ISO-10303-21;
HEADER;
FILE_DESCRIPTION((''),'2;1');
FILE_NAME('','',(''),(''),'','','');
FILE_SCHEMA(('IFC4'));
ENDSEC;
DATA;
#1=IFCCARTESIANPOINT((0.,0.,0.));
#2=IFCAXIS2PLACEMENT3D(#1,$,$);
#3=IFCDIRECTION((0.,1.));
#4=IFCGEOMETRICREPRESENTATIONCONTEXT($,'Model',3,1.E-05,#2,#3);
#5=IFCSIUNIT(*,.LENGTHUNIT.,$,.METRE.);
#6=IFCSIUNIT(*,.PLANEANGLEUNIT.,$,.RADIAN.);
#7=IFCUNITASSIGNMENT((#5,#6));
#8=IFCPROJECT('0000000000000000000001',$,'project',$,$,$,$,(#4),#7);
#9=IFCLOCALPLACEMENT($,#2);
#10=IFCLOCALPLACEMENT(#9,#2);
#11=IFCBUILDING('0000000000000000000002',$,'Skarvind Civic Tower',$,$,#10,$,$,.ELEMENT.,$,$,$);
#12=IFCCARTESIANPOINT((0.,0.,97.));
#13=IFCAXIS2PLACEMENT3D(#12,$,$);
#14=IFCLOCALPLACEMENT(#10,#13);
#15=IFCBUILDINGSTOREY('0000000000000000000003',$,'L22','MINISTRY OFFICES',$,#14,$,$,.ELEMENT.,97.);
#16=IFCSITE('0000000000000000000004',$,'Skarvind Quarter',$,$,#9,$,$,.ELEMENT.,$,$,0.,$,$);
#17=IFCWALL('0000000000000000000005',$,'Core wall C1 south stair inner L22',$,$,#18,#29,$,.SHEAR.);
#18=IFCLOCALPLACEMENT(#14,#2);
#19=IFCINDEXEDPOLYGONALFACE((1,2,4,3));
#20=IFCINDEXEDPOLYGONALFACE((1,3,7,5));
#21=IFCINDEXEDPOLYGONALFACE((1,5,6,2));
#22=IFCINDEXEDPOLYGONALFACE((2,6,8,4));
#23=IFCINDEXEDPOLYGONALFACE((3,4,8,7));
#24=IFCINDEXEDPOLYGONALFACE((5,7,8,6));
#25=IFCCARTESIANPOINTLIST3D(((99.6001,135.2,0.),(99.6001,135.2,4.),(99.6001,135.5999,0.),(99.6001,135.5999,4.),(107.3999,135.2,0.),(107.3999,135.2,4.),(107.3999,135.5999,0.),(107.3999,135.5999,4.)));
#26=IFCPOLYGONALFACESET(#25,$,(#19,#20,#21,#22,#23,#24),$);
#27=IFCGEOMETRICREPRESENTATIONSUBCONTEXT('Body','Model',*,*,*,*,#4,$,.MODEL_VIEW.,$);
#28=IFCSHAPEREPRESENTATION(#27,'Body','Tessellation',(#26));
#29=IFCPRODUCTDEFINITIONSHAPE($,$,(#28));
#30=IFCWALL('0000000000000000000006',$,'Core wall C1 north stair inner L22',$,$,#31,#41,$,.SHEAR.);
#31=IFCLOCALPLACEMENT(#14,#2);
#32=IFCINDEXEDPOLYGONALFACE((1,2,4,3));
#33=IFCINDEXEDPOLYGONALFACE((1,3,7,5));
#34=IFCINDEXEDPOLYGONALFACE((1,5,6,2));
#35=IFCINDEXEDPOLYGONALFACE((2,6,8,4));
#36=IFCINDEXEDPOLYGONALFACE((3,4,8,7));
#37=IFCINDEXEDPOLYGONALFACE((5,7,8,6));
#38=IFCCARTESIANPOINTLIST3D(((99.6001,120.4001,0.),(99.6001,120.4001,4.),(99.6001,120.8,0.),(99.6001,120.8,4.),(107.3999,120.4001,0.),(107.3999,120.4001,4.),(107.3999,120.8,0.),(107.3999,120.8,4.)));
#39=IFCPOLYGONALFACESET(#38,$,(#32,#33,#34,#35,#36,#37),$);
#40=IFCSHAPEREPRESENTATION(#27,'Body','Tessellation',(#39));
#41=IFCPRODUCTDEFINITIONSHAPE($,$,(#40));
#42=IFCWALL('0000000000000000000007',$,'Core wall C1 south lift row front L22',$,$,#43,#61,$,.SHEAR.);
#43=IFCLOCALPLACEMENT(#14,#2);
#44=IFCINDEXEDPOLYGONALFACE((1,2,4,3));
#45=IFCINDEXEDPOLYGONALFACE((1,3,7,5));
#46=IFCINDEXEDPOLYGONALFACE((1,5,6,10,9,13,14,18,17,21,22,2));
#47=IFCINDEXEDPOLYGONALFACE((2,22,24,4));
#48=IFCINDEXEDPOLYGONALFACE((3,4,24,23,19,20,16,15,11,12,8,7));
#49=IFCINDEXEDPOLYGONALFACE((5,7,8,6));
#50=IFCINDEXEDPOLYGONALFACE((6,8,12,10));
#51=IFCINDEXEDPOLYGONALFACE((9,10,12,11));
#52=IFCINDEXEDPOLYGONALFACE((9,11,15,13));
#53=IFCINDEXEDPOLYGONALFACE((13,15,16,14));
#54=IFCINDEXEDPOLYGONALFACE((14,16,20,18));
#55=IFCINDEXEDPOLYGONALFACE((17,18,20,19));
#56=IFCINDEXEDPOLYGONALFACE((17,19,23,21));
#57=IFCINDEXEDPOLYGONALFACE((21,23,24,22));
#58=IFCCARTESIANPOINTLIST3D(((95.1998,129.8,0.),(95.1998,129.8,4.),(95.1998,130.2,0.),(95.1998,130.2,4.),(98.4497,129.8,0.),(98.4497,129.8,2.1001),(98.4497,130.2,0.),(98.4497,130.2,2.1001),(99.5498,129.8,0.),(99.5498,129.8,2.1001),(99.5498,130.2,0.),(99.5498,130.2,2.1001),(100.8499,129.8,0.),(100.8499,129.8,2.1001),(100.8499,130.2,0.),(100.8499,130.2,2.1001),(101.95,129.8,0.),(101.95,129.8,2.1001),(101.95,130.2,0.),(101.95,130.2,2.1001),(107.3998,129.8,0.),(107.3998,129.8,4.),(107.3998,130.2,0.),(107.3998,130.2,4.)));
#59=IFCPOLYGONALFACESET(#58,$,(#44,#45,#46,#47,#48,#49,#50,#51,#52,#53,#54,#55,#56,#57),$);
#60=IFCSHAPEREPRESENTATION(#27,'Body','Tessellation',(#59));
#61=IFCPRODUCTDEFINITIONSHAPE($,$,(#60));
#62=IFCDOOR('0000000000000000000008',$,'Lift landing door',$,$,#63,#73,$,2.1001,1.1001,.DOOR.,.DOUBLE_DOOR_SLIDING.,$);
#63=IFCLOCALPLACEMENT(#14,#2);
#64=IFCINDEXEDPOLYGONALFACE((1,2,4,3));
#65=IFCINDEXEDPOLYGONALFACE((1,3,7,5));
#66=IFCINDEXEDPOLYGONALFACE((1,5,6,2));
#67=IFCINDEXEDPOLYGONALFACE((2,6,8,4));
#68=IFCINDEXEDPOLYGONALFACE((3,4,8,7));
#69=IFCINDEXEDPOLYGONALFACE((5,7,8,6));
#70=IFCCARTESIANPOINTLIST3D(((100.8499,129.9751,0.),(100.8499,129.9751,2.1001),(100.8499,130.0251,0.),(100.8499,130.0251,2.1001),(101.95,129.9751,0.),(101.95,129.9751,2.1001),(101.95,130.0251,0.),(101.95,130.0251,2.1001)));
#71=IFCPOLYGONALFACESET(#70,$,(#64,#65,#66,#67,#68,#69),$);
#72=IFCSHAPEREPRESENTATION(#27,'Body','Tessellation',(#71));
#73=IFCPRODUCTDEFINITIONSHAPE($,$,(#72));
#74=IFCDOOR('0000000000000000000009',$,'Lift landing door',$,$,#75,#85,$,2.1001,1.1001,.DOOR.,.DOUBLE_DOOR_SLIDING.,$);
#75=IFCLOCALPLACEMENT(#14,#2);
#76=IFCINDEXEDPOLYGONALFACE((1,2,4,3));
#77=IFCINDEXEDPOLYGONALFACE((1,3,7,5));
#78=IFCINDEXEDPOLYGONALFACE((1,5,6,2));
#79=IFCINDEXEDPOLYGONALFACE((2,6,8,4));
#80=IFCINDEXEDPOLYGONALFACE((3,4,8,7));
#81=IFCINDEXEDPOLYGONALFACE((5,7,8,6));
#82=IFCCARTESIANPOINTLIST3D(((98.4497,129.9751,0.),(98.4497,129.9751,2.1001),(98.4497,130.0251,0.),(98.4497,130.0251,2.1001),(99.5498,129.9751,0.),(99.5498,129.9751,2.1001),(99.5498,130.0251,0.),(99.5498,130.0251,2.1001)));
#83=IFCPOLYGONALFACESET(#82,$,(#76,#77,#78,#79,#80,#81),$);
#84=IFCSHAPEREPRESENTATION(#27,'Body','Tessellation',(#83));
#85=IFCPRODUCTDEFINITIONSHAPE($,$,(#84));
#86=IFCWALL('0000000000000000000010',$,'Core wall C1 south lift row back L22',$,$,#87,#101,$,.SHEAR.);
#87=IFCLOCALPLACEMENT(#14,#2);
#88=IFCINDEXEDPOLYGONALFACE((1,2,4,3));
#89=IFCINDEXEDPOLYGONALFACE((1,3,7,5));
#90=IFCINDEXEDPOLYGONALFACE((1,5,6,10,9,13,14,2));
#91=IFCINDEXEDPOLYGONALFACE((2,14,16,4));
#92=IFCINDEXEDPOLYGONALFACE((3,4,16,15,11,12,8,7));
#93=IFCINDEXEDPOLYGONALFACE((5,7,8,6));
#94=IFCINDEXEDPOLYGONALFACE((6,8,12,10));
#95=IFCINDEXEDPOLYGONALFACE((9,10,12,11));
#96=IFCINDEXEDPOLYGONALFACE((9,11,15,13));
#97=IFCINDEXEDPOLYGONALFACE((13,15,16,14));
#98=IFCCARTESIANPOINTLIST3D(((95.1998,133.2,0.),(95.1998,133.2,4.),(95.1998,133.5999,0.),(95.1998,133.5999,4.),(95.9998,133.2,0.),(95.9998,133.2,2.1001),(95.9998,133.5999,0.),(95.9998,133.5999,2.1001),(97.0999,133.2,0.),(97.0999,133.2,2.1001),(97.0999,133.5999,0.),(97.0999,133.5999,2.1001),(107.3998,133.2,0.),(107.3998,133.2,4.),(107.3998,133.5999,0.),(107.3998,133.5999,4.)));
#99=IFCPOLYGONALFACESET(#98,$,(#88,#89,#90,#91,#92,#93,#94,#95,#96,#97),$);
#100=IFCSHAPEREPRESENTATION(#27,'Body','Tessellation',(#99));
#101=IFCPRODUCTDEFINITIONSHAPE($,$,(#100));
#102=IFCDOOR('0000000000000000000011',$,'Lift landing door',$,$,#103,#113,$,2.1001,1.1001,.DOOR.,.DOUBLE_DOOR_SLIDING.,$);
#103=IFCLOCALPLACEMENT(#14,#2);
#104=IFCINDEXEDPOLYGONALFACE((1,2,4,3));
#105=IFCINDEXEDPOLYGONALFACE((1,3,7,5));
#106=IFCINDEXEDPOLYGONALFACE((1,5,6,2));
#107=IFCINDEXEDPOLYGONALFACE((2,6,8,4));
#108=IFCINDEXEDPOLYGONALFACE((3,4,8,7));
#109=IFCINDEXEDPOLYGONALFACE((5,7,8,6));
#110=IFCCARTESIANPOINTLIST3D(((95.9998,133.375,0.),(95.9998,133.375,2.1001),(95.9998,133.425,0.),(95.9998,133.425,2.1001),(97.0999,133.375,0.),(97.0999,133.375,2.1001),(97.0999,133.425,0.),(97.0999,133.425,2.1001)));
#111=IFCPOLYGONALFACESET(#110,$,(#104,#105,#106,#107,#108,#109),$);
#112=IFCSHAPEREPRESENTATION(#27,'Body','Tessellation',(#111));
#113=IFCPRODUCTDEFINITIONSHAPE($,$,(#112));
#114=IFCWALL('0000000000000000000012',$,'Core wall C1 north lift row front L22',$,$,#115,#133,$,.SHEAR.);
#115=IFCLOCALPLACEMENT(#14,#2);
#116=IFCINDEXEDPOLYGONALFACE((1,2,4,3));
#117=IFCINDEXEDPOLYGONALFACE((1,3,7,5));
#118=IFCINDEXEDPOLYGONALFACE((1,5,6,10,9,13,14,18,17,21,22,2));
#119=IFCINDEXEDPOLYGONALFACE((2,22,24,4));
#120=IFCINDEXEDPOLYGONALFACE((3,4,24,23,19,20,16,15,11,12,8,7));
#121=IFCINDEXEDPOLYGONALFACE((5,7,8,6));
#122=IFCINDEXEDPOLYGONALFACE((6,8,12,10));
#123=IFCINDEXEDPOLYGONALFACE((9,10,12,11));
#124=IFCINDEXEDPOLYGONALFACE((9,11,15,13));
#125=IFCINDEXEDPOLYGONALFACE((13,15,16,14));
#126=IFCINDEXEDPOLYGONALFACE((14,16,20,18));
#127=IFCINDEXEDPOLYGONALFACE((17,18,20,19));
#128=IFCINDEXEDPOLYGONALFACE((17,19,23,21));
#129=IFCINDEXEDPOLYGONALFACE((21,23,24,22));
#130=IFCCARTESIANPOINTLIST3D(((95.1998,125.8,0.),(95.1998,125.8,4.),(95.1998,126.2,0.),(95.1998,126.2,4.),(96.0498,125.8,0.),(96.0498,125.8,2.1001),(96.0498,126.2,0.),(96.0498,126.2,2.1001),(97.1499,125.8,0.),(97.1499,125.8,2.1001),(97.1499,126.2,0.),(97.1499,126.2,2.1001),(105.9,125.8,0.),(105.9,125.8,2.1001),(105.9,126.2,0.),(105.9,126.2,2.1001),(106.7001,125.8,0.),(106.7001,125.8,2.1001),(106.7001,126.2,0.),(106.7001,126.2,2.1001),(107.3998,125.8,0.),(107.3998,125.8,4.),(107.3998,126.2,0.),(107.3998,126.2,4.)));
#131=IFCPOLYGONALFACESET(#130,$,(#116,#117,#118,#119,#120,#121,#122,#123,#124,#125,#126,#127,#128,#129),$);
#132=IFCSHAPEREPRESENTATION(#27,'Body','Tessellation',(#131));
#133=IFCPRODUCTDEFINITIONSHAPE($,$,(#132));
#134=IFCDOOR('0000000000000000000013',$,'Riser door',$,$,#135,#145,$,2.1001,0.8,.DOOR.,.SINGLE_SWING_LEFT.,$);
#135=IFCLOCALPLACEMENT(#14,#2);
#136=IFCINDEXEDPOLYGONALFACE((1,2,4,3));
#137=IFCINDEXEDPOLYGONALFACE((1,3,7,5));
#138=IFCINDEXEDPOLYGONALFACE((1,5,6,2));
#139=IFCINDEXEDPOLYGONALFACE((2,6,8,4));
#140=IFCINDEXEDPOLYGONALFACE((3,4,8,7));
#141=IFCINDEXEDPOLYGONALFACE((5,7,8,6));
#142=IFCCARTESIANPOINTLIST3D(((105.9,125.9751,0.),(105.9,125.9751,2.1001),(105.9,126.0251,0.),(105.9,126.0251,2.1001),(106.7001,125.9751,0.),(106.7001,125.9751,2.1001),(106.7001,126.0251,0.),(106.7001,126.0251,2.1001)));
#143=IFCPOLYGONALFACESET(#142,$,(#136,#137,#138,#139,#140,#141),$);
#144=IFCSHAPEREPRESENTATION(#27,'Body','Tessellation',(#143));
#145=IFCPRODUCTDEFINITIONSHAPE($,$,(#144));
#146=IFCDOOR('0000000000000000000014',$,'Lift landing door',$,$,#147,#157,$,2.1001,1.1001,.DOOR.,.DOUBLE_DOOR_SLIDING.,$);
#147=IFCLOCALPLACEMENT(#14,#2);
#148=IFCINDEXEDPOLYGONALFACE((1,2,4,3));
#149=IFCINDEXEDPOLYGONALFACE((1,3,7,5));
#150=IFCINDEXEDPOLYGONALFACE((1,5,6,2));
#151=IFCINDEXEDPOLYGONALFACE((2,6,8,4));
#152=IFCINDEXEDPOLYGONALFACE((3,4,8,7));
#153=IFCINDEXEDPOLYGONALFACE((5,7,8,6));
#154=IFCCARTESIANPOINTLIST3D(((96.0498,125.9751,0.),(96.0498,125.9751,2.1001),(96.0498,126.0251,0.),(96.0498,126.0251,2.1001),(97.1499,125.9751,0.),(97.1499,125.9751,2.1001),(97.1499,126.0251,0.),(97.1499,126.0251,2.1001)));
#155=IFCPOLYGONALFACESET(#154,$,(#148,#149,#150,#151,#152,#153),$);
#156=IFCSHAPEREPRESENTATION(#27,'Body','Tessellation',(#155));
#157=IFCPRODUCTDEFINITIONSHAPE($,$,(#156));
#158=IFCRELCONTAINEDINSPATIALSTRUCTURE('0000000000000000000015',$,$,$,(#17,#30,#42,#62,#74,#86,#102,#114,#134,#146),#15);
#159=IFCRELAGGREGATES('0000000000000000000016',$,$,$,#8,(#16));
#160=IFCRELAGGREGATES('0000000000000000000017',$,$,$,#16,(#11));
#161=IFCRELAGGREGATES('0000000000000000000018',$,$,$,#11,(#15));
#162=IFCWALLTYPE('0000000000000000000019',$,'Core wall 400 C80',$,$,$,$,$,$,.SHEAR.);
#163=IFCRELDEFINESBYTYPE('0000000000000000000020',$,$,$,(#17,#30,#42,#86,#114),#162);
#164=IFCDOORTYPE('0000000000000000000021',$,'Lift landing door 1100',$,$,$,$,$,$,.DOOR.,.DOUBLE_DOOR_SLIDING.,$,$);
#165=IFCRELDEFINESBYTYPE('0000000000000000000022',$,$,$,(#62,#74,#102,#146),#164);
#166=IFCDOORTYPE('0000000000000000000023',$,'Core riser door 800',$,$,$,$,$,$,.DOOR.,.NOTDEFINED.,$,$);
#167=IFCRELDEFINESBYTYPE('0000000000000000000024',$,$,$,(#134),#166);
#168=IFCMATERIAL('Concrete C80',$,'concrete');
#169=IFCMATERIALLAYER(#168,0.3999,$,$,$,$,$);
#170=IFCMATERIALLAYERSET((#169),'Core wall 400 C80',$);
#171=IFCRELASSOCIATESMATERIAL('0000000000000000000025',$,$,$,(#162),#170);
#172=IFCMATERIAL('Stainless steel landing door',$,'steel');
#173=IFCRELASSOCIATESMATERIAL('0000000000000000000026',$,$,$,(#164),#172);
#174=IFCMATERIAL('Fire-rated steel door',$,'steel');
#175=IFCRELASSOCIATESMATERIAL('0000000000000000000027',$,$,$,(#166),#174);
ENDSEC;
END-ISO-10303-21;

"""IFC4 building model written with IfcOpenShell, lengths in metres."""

from ifc_helpers import new_model, si_unit, direction, frame, frame_2d, origin, place, context, subcontext, project, spatial, rectangle, extrude, material, layer, layer_set, type_object, element, fill, save


model = new_model("IFC4")

# Units and contexts
model_context = context("Model", 3, precision=1e-05, world=origin(), true_north=direction((0.0, 1.0)))
body_context = subcontext(model_context, "Body", "Model", "MODEL_VIEW")
ifc_project = project(units=[si_unit("LENGTHUNIT", "METRE"), si_unit("PLANEANGLEUNIT", "RADIAN")], contexts=[model_context])

# Site, building, storey
site_placement = place(None, origin())
site = spatial("IfcSite", under=ifc_project, at=site_placement, Name="Skarvind Quarter", CompositionType="ELEMENT", RefElevation=0.0)
building_placement = place(site_placement, origin())
building = spatial("IfcBuilding", under=site, at=building_placement, Name="Skarvind Civic Tower", CompositionType="ELEMENT")
storey_placement = place(building_placement, frame((0.0, 0.0, 97.0)))
storey = spatial("IfcBuildingStorey", under=building, at=storey_placement, Name="L22", Description="MINISTRY OFFICES", CompositionType="ELEMENT", Elevation=97.0)

# Walls
ifc_material_1 = material(Name="Concrete C80", Category="concrete")
ifc_layer_1 = layer(ifc_material_1, 0.3999)
ifc_layer_set_1 = layer_set([ifc_layer_1], Name="Core wall 400 C80")
wall_type_1 = type_object("IfcWallType", Name="Core wall 400 C80", PredefinedType="SHEAR", material=ifc_layer_set_1)
for number, where, z_axis, x_axis, name in (
    (1, (107.3999, 135.3999, 0.0), (0.0, 0.0, 1.0), (-1.0, 0.0, 0.0), "Core wall C1 south stair inner L22"),
    (2, (107.3999, 120.6001, 0.0), (0.0, 0.0, 1.0), (-1.0, 0.0, 0.0), "Core wall C1 north stair inner L22"),
):
    element("IfcWall", number, at=place(storey_placement, frame(where, z_axis=z_axis, x_axis=x_axis)), inside=storey, type_object=wall_type_1, Name=name, PredefinedType="SHEAR", context=body_context, shape_type="SweptSolid", body=[
        extrude(rectangle(XDim=7.7998, YDim=0.3999, at=frame_2d((3.8999, 0.0))), origin(), (0.0, 0.0, 1.0), 4.0),
    ])

# Wall, openings, doors
wall_1_placement = place(storey_placement, frame((107.3999, 130.0, 0.0), z_axis=(0.0, 0.0, 1.0), x_axis=(-1.0, 0.0, 0.0)))
wall_1 = element("IfcWall", 3, at=wall_1_placement, inside=storey, type_object=wall_type_1, Name="Core wall C1 south lift row front L22", PredefinedType="SHEAR", context=body_context, shape_type="SweptSolid", body=[
    extrude(rectangle(XDim=12.2, YDim=0.3999, at=frame_2d((6.1001, 0.0))), origin(), (0.0, 0.0, 1.0), 4.0),
])
opening_1_placement = place(wall_1_placement, frame((5.45, 0.0, 0.0)))
opening_1 = element("IfcOpeningElement", 4, at=opening_1_placement, cuts=wall_1, PredefinedType="OPENING", context=body_context, shape_type="SweptSolid", body=[
    extrude(rectangle(XDim=1.1001, YDim=2.1001, at=frame_2d((0.55, 1.05))), frame((0.0, 0.21, 0.0), z_axis=(0.0, -1.0, 0.0), x_axis=(1.0, 0.0, 0.0)), (0.0, 0.0, 1.0), 0.4199),
])
opening_2_placement = place(wall_1_placement, frame((7.8501, 0.0, 0.0)))
opening_2 = element("IfcOpeningElement", 5, at=opening_2_placement, cuts=wall_1, PredefinedType="OPENING", context=body_context, shape_type="SweptSolid", body=[
    extrude(rectangle(XDim=1.1001, YDim=2.1001, at=frame_2d((0.55, 1.05))), frame((0.0, 0.21, 0.0), z_axis=(0.0, -1.0, 0.0), x_axis=(1.0, 0.0, 0.0)), (0.0, 0.0, 1.0), 0.4199),
])
ifc_material_2 = material(Name="Stainless steel landing door", Category="steel")
door_type_1 = type_object("IfcDoorType", Name="Lift landing door 1100", OperationType="DOUBLE_DOOR_SLIDING", PredefinedType="DOOR", material=ifc_material_2)
door_1_placement = place(opening_1_placement, origin())
door_1 = element("IfcDoor", 6, at=door_1_placement, inside=storey, type_object=door_type_1, Name="Lift landing door", OperationType="DOUBLE_DOOR_SLIDING", OverallHeight=2.1001, OverallWidth=1.1001, PredefinedType="DOOR", context=body_context, shape_type="SweptSolid", body=[
    extrude(rectangle(XDim=1.1001, YDim=2.1001, at=frame_2d((0.55, 1.05))), frame((0.0, 0.0249, 0.0), z_axis=(0.0, -1.0, 0.0), x_axis=(1.0, 0.0, 0.0)), (0.0, 0.0, 1.0), 0.05),
])
fill(opening_1, door_1)
door_2_placement = place(opening_2_placement, origin())
door_2 = element("IfcDoor", 7, at=door_2_placement, inside=storey, type_object=door_type_1, Name="Lift landing door", OperationType="DOUBLE_DOOR_SLIDING", OverallHeight=2.1001, OverallWidth=1.1001, PredefinedType="DOOR", context=body_context, shape_type="SweptSolid", body=[
    extrude(rectangle(XDim=1.1001, YDim=2.1001, at=frame_2d((0.55, 1.05))), frame((0.0, 0.0249, 0.0), z_axis=(0.0, -1.0, 0.0), x_axis=(1.0, 0.0, 0.0)), (0.0, 0.0, 1.0), 0.05),
])
fill(opening_2, door_2)

# Wall, opening, door
wall_2_placement = place(storey_placement, frame((107.3999, 133.3999, 0.0), z_axis=(0.0, 0.0, 1.0), x_axis=(-1.0, 0.0, 0.0)))
wall_2 = element("IfcWall", 8, at=wall_2_placement, inside=storey, type_object=wall_type_1, Name="Core wall C1 south lift row back L22", PredefinedType="SHEAR", context=body_context, shape_type="SweptSolid", body=[
    extrude(rectangle(XDim=12.2, YDim=0.3999, at=frame_2d((6.1001, 0.0))), origin(), (0.0, 0.0, 1.0), 4.0),
])
opening_3_placement = place(wall_2_placement, frame((10.3, 0.0, 0.0)))
opening_3 = element("IfcOpeningElement", 9, at=opening_3_placement, cuts=wall_2, PredefinedType="OPENING", context=body_context, shape_type="SweptSolid", body=[
    extrude(rectangle(XDim=1.1001, YDim=2.1001, at=frame_2d((0.55, 1.05))), frame((0.0, 0.21, 0.0), z_axis=(0.0, -1.0, 0.0), x_axis=(1.0, 0.0, 0.0)), (0.0, 0.0, 1.0), 0.4199),
])
door_3_placement = place(opening_3_placement, origin())
door_3 = element("IfcDoor", 10, at=door_3_placement, inside=storey, type_object=door_type_1, Name="Lift landing door", OperationType="DOUBLE_DOOR_SLIDING", OverallHeight=2.1001, OverallWidth=1.1001, PredefinedType="DOOR", context=body_context, shape_type="SweptSolid", body=[
    extrude(rectangle(XDim=1.1001, YDim=2.1001, at=frame_2d((0.55, 1.05))), frame((0.0, 0.0249, 0.0), z_axis=(0.0, -1.0, 0.0), x_axis=(1.0, 0.0, 0.0)), (0.0, 0.0, 1.0), 0.05),
])
fill(opening_3, door_3)

# Wall, openings, doors
wall_3_placement = place(storey_placement, frame((107.3999, 126.0, 0.0), z_axis=(0.0, 0.0, 1.0), x_axis=(-1.0, 0.0, 0.0)))
wall_3 = element("IfcWall", 11, at=wall_3_placement, inside=storey, type_object=wall_type_1, Name="Core wall C1 north lift row front L22", PredefinedType="SHEAR", context=body_context, shape_type="SweptSolid", body=[
    extrude(rectangle(XDim=12.2, YDim=0.3999, at=frame_2d((6.1001, 0.0))), origin(), (0.0, 0.0, 1.0), 4.0),
])
opening_4_placement = place(wall_3_placement, frame((10.25, 0.0, 0.0)))
opening_4 = element("IfcOpeningElement", 12, at=opening_4_placement, cuts=wall_3, PredefinedType="OPENING", context=body_context, shape_type="SweptSolid", body=[
    extrude(rectangle(XDim=1.1001, YDim=2.1001, at=frame_2d((0.55, 1.05))), frame((0.0, 0.21, 0.0), z_axis=(0.0, -1.0, 0.0), x_axis=(1.0, 0.0, 0.0)), (0.0, 0.0, 1.0), 0.4199),
])
opening_5_placement = place(wall_3_placement, frame((0.7, 0.0, 0.0)))
opening_5 = element("IfcOpeningElement", 13, at=opening_5_placement, cuts=wall_3, PredefinedType="OPENING", context=body_context, shape_type="SweptSolid", body=[
    extrude(rectangle(XDim=0.8, YDim=2.1001, at=frame_2d((0.3999, 1.05))), frame((0.0, 0.21, 0.0), z_axis=(0.0, -1.0, 0.0), x_axis=(1.0, 0.0, 0.0)), (0.0, 0.0, 1.0), 0.4199),
])
ifc_material_3 = material(Name="Fire-rated steel door", Category="steel")
door_type_2 = type_object("IfcDoorType", Name="Core riser door 800", OperationType="NOTDEFINED", PredefinedType="DOOR", material=ifc_material_3)
door_4_placement = place(opening_5_placement, origin())
door_4 = element("IfcDoor", 14, at=door_4_placement, inside=storey, type_object=door_type_2, Name="Riser door", OperationType="SINGLE_SWING_LEFT", OverallHeight=2.1001, OverallWidth=0.8, PredefinedType="DOOR", context=body_context, shape_type="SweptSolid", body=[
    extrude(rectangle(XDim=0.8, YDim=2.1001, at=frame_2d((0.3999, 1.05))), frame((0.0, 0.0249, 0.0), z_axis=(0.0, -1.0, 0.0), x_axis=(1.0, 0.0, 0.0)), (0.0, 0.0, 1.0), 0.05),
])
fill(opening_5, door_4)
door_5_placement = place(opening_4_placement, origin())
door_5 = element("IfcDoor", 15, at=door_5_placement, inside=storey, type_object=door_type_1, Name="Lift landing door", OperationType="DOUBLE_DOOR_SLIDING", OverallHeight=2.1001, OverallWidth=1.1001, PredefinedType="DOOR", context=body_context, shape_type="SweptSolid", body=[
    extrude(rectangle(XDim=1.1001, YDim=2.1001, at=frame_2d((0.55, 1.05))), frame((0.0, 0.0249, 0.0), z_axis=(0.0, -1.0, 0.0), x_axis=(1.0, 0.0, 0.0)), (0.0, 0.0, 1.0), 0.05),
])
fill(opening_4, door_5)

save(model, "model.ifc")
